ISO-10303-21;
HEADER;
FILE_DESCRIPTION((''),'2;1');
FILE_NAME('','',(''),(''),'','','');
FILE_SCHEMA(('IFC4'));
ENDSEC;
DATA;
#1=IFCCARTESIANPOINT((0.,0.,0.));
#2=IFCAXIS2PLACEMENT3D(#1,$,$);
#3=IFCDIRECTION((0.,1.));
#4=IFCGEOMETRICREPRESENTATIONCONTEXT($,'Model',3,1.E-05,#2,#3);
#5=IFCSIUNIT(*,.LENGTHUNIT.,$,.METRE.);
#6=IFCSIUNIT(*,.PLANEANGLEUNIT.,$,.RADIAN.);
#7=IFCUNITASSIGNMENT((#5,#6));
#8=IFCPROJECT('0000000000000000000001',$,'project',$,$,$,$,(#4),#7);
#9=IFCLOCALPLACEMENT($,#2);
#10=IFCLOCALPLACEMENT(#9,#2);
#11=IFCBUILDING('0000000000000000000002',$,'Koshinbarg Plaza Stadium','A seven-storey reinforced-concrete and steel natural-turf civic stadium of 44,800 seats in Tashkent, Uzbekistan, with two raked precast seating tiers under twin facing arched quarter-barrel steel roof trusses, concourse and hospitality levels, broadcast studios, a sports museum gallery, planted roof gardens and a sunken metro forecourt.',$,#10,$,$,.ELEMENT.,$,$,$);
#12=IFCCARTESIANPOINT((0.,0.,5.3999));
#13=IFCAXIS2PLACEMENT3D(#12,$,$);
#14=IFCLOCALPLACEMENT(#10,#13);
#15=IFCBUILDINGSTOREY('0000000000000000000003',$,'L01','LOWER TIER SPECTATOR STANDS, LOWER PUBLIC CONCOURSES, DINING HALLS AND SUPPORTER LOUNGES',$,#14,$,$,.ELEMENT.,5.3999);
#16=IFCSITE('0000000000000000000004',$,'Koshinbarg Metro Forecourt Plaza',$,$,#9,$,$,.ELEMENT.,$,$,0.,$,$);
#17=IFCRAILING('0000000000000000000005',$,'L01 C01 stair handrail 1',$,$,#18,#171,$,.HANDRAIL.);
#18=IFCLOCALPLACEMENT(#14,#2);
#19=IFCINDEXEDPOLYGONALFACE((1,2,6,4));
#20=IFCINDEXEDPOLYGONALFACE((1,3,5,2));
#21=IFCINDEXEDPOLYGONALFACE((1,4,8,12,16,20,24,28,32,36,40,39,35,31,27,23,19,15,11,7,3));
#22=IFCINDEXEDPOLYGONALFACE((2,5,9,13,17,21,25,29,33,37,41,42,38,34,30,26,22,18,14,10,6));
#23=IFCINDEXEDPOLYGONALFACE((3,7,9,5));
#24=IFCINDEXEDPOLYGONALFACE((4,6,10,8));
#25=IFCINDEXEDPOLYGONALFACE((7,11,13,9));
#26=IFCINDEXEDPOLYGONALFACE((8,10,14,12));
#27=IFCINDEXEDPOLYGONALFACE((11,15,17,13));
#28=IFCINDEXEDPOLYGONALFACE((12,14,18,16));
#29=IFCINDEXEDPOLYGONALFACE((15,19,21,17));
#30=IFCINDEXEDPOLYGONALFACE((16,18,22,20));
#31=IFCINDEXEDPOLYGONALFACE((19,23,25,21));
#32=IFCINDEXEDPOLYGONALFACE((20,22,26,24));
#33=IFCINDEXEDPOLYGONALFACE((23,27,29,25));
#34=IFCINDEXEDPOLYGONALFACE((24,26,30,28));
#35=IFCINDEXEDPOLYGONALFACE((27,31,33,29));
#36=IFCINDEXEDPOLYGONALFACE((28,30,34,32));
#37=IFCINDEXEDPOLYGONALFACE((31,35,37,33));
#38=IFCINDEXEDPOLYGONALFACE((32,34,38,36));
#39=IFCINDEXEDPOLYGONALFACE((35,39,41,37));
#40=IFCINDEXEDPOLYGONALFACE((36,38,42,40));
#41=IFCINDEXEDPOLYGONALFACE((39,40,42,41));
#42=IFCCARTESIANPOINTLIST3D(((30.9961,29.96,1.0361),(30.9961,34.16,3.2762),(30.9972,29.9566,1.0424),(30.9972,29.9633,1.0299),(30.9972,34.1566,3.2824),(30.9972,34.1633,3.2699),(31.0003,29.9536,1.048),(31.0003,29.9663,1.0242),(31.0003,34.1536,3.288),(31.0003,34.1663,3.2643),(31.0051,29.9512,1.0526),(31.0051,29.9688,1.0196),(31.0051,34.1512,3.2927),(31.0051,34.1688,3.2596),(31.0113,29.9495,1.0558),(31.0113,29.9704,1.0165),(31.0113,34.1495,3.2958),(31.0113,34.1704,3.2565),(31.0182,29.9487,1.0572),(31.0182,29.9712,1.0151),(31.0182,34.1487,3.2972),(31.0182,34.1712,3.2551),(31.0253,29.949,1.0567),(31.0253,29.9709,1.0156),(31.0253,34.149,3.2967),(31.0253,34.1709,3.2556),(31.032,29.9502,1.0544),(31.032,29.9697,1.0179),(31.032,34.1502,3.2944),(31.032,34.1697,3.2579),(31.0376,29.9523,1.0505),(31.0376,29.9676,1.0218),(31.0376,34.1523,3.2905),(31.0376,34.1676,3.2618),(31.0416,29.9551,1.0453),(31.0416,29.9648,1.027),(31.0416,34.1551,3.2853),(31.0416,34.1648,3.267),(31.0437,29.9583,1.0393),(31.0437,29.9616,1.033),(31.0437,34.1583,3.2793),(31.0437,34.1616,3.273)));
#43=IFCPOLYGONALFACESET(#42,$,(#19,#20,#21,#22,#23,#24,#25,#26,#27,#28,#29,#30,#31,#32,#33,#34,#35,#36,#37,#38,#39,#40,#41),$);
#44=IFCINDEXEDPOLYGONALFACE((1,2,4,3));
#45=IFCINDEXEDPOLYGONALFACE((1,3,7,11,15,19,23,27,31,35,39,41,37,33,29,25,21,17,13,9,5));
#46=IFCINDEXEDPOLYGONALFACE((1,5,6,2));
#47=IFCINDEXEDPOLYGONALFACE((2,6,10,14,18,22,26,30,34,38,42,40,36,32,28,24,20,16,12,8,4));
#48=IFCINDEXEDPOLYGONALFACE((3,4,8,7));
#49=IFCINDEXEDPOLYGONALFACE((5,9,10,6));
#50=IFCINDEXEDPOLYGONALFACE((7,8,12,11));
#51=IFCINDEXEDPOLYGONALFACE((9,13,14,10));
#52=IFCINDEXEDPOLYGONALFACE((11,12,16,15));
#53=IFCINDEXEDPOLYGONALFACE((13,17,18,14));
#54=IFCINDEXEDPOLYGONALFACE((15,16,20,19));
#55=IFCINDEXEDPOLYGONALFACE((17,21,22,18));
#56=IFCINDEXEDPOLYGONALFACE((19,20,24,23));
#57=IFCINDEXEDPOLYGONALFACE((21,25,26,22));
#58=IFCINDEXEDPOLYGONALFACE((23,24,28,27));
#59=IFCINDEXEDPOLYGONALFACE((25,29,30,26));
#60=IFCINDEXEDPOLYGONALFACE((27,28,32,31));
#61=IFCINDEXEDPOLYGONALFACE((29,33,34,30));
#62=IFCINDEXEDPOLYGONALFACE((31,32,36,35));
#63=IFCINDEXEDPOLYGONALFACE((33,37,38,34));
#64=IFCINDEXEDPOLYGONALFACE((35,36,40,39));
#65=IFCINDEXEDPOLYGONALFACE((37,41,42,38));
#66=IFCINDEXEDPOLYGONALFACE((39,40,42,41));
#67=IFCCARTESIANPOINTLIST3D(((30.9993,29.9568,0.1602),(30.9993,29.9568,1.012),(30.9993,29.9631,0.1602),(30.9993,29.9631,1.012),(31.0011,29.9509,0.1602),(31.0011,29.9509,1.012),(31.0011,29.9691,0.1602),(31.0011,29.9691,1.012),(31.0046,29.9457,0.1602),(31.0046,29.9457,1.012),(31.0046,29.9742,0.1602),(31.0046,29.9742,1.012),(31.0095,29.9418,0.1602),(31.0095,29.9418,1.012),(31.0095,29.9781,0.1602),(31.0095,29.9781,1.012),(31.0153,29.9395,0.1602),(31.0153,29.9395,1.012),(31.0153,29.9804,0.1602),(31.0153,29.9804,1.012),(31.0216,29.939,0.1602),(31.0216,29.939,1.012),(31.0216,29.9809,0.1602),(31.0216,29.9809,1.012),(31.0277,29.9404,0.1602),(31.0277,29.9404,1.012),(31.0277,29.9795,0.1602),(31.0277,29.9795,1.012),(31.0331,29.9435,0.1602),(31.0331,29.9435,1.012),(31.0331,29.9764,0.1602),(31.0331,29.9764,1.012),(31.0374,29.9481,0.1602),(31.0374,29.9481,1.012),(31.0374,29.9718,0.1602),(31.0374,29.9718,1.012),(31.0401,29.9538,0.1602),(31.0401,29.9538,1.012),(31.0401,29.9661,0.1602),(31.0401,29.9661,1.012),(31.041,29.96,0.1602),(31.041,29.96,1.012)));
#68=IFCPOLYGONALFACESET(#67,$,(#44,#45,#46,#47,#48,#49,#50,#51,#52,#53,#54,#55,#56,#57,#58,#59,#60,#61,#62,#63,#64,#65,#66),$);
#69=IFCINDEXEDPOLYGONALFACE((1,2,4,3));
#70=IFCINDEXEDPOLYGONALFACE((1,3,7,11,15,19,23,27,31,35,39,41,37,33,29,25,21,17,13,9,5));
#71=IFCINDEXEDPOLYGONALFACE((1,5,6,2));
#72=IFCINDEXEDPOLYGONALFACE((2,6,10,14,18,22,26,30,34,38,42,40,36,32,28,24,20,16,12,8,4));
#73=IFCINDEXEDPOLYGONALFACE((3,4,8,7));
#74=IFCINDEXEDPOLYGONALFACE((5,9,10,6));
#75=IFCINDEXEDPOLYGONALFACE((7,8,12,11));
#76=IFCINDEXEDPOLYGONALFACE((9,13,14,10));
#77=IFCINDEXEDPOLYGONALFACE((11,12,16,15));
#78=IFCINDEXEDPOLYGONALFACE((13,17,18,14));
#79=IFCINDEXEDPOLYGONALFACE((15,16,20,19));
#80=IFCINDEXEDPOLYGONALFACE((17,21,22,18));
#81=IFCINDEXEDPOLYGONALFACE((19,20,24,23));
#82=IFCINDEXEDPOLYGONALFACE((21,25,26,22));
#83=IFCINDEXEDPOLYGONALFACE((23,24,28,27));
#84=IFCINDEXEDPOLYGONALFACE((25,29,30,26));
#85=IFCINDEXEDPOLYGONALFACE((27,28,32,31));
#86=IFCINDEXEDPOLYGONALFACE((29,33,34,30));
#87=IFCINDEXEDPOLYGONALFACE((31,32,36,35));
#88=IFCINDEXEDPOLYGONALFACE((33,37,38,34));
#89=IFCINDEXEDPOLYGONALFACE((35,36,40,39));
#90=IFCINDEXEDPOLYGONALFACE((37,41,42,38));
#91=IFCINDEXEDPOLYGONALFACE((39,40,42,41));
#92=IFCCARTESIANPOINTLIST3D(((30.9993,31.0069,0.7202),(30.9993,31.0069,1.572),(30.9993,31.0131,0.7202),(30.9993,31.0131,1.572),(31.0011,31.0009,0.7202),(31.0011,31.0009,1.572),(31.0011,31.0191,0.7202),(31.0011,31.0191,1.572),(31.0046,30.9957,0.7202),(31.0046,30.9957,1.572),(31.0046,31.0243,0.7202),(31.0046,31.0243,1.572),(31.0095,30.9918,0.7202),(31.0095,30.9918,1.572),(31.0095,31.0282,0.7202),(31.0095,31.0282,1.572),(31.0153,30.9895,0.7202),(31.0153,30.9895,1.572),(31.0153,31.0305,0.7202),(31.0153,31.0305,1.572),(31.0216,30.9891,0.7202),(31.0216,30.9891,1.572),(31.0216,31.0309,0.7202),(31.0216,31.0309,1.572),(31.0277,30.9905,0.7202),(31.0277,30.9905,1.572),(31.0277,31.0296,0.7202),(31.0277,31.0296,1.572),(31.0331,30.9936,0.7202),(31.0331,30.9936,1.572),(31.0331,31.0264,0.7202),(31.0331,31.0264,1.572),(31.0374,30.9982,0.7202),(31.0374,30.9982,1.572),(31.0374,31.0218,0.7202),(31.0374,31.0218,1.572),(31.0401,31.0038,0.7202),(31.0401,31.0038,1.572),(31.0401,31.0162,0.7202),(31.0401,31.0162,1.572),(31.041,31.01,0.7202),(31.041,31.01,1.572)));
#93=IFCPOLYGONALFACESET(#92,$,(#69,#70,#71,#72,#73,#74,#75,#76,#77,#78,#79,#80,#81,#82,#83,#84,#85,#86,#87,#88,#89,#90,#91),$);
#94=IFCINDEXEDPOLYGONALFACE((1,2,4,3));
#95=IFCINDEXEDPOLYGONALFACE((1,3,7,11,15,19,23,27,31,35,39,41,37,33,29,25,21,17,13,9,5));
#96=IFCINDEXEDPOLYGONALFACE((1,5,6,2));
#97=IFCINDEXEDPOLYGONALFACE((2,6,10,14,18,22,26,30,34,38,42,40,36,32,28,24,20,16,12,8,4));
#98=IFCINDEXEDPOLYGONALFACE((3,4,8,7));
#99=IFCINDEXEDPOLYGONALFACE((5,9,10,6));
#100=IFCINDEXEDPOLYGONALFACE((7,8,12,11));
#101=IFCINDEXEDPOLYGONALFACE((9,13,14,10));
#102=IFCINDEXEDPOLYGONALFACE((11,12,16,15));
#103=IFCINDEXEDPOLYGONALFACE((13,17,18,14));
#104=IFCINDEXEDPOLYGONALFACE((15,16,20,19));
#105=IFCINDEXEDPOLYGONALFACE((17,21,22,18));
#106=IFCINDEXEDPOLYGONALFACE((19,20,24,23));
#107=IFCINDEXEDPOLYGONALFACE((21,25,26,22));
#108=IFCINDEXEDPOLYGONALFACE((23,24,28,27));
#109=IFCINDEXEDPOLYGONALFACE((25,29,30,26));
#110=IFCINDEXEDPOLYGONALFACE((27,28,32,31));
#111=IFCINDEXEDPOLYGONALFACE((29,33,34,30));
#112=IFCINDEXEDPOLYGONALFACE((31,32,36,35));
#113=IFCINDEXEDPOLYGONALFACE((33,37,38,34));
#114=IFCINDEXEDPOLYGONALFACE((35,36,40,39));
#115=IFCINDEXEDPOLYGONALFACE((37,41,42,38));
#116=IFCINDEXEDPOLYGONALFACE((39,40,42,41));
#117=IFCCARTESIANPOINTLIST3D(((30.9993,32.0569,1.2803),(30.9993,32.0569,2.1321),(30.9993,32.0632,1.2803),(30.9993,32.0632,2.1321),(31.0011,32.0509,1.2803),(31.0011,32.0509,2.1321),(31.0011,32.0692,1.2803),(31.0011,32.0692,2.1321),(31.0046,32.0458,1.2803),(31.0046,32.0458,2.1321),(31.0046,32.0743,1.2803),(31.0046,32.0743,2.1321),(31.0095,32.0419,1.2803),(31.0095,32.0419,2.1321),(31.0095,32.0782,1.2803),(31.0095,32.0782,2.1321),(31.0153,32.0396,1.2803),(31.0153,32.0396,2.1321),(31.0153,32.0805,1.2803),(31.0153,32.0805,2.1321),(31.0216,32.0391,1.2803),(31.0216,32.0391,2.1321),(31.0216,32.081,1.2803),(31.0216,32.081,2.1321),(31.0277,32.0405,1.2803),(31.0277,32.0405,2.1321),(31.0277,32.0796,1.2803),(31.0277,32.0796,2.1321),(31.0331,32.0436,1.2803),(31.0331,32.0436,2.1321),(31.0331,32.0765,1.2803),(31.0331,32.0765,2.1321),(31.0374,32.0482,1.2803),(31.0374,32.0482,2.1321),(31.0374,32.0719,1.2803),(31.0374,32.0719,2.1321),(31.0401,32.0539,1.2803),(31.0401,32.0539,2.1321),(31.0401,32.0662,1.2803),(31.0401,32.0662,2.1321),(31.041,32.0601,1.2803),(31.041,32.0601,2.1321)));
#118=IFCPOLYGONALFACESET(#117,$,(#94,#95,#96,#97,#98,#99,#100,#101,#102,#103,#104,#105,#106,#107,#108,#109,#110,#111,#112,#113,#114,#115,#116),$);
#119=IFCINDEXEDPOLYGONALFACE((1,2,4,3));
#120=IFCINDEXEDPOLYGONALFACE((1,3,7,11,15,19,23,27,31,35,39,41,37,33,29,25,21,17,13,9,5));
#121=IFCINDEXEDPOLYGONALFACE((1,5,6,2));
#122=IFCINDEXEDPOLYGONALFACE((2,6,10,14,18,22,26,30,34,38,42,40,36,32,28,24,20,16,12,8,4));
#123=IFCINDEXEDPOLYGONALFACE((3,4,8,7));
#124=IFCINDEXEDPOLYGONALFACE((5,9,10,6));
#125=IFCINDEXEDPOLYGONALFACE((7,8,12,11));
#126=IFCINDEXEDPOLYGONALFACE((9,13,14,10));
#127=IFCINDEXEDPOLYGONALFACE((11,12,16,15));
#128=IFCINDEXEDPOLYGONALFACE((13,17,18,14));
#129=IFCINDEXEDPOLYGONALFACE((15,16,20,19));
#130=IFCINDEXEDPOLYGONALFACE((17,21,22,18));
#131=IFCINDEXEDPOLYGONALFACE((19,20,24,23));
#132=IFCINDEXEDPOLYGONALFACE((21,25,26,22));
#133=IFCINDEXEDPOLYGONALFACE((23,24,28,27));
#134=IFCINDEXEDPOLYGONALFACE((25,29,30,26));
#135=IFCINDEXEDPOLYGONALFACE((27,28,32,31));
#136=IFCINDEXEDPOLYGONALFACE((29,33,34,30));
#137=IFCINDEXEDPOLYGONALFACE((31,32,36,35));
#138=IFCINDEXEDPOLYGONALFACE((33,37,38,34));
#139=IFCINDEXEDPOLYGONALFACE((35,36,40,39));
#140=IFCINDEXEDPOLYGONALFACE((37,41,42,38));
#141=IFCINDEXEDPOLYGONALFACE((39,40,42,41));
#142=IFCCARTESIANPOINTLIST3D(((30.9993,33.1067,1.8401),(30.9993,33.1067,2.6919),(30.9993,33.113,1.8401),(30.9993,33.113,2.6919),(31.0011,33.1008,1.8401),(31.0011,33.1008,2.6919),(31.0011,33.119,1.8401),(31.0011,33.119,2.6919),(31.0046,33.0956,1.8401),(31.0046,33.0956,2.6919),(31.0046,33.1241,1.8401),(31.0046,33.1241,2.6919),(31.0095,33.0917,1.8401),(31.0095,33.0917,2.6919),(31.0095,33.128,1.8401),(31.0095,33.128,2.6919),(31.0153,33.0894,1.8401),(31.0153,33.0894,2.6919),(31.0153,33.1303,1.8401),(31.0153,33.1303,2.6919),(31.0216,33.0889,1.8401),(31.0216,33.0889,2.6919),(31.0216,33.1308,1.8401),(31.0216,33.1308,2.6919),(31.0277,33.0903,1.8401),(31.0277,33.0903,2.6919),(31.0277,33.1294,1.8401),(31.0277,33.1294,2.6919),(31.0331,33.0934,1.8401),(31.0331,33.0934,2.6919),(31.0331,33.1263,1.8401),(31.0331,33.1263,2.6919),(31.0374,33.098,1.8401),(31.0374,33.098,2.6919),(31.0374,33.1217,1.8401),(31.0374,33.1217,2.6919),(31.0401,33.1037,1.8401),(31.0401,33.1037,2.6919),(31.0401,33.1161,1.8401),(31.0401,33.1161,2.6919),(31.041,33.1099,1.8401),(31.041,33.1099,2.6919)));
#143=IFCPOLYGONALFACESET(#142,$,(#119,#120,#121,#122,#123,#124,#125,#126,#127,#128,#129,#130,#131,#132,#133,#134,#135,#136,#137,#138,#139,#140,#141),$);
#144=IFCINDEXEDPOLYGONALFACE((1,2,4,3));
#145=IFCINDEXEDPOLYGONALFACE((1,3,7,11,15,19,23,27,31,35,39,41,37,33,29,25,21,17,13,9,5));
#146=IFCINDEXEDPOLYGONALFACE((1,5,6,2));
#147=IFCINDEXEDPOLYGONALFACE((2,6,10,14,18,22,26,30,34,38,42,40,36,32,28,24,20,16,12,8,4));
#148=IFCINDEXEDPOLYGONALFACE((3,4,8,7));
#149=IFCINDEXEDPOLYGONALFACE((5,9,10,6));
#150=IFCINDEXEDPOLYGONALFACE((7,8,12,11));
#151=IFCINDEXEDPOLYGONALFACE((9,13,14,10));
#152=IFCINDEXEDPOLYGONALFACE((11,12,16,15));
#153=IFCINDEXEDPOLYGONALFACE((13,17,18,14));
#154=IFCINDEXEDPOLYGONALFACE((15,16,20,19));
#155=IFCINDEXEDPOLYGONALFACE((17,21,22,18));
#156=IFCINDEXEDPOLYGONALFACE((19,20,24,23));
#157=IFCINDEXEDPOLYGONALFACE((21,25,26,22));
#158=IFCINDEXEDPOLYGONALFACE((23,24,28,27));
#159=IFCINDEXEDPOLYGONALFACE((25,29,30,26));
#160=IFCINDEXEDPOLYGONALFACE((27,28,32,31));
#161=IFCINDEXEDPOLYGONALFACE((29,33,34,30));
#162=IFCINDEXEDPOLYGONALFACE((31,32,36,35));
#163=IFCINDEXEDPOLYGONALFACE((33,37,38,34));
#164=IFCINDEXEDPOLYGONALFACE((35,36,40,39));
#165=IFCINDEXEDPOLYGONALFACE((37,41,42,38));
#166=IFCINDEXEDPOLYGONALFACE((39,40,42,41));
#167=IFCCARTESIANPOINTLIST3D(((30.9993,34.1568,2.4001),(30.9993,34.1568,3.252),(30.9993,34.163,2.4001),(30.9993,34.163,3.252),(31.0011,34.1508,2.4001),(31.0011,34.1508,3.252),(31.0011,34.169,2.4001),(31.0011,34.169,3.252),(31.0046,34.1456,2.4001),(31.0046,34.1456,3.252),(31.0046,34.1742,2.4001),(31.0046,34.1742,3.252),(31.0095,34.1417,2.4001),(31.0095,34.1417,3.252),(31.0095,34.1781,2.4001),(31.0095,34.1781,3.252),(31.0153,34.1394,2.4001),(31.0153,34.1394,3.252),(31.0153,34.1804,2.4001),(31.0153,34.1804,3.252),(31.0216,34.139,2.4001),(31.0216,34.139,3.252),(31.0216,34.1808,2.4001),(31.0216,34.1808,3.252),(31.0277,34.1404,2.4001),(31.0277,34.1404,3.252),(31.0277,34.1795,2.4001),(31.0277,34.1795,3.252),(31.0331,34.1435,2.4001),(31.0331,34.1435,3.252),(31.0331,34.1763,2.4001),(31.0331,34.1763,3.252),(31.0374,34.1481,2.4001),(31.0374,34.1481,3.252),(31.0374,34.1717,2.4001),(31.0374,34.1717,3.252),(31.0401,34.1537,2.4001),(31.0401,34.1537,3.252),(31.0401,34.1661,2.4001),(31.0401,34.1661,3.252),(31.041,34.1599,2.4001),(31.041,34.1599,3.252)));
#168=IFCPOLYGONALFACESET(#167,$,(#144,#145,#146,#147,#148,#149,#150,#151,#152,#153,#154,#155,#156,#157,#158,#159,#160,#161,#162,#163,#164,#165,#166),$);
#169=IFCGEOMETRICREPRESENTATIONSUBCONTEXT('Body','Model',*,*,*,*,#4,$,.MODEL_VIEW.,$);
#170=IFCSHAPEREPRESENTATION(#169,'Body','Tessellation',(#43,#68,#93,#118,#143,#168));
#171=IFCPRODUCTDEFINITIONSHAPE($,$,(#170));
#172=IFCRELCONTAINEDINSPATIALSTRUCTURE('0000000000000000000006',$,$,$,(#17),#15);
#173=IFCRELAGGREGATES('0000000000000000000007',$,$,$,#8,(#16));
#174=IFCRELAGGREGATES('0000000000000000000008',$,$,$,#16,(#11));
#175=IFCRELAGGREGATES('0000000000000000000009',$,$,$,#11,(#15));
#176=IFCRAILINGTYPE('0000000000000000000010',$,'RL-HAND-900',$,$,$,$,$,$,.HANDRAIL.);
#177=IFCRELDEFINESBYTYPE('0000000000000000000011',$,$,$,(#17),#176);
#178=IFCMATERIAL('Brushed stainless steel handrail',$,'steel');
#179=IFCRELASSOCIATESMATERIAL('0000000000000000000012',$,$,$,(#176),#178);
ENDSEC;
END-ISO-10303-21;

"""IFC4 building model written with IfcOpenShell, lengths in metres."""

from ifc_helpers import new_model, si_unit, direction, frame, origin, origin_2d, place, context, subcontext, project, spatial, circle, extrude, material, type_object, element, save


model = new_model("IFC4")

# Units and contexts
model_context = context("Model", 3, precision=1e-05, world=origin(), true_north=direction((0.0, 1.0)))
body_context = subcontext(model_context, "Body", "Model", "MODEL_VIEW")
ifc_project = project(units=[si_unit("LENGTHUNIT", "METRE"), si_unit("PLANEANGLEUNIT", "RADIAN")], contexts=[model_context])

# Site, building, storey
site_placement = place(None, origin())
site = spatial("IfcSite", under=ifc_project, at=site_placement, Name="Koshinbarg Metro Forecourt Plaza", CompositionType="ELEMENT", RefElevation=0.0)
building_placement = place(site_placement, origin())
building = spatial("IfcBuilding", under=site, at=building_placement, Name="Koshinbarg Plaza Stadium", Description="A seven-storey reinforced-concrete and steel natural-turf civic stadium of 44,800 seats in Tashkent, Uzbekistan, with two raked precast seating tiers under twin facing arched quarter-barrel steel roof trusses, concourse and hospitality levels, broadcast studios, a sports museum gallery, planted roof gardens and a sunken metro forecourt.", CompositionType="ELEMENT")
storey_placement = place(building_placement, frame((0.0, 0.0, 5.3999)))
storey = spatial("IfcBuildingStorey", under=building, at=storey_placement, Name="L01", Description="LOWER TIER SPECTATOR STANDS, LOWER PUBLIC CONCOURSES, DINING HALLS AND SUPPORTER LOUNGES", CompositionType="ELEMENT", Elevation=5.3999)

# Railing
ifc_material_1 = material(Name="Brushed stainless steel handrail", Category="steel")
railing_type_1 = type_object("IfcRailingType", Name="RL-HAND-900", PredefinedType="HANDRAIL", material=ifc_material_1)
railing_1_placement = place(storey_placement, frame((31.02, 29.96, 0.1602)))
element("IfcRailing", 1, at=railing_1_placement, inside=storey, type_object=railing_type_1, Name="L01 C01 stair handrail 1", PredefinedType="HANDRAIL", context=body_context, shape_type="SweptSolid", body=[
    extrude(circle(Radius=0.0239, at=origin_2d()), frame((0.0, 0.0, 0.876), z_axis=(0.0, 0.882352, 0.470591), x_axis=(-1.0, 0.0, 0.0)), (0.0, 0.0, 1.0), 4.76),
    extrude(circle(Radius=0.021, at=origin_2d()), origin(), (0.0, 0.0, 1.0), 0.8518),
    extrude(circle(Radius=0.021, at=origin_2d()), frame((0.0, 1.05, 0.5601)), (0.0, 0.0, 1.0), 0.8518),
    extrude(circle(Radius=0.021, at=origin_2d()), frame((0.0, 2.1001, 1.1201)), (0.0, 0.0, 1.0), 0.8518),
    extrude(circle(Radius=0.021, at=origin_2d()), frame((0.0, 3.1499, 1.6799)), (0.0, 0.0, 1.0), 0.8518),
    extrude(circle(Radius=0.021, at=origin_2d()), frame((0.0, 4.2, 2.24)), (0.0, 0.0, 1.0), 0.8518),
])

save(model, "model.ifc")
